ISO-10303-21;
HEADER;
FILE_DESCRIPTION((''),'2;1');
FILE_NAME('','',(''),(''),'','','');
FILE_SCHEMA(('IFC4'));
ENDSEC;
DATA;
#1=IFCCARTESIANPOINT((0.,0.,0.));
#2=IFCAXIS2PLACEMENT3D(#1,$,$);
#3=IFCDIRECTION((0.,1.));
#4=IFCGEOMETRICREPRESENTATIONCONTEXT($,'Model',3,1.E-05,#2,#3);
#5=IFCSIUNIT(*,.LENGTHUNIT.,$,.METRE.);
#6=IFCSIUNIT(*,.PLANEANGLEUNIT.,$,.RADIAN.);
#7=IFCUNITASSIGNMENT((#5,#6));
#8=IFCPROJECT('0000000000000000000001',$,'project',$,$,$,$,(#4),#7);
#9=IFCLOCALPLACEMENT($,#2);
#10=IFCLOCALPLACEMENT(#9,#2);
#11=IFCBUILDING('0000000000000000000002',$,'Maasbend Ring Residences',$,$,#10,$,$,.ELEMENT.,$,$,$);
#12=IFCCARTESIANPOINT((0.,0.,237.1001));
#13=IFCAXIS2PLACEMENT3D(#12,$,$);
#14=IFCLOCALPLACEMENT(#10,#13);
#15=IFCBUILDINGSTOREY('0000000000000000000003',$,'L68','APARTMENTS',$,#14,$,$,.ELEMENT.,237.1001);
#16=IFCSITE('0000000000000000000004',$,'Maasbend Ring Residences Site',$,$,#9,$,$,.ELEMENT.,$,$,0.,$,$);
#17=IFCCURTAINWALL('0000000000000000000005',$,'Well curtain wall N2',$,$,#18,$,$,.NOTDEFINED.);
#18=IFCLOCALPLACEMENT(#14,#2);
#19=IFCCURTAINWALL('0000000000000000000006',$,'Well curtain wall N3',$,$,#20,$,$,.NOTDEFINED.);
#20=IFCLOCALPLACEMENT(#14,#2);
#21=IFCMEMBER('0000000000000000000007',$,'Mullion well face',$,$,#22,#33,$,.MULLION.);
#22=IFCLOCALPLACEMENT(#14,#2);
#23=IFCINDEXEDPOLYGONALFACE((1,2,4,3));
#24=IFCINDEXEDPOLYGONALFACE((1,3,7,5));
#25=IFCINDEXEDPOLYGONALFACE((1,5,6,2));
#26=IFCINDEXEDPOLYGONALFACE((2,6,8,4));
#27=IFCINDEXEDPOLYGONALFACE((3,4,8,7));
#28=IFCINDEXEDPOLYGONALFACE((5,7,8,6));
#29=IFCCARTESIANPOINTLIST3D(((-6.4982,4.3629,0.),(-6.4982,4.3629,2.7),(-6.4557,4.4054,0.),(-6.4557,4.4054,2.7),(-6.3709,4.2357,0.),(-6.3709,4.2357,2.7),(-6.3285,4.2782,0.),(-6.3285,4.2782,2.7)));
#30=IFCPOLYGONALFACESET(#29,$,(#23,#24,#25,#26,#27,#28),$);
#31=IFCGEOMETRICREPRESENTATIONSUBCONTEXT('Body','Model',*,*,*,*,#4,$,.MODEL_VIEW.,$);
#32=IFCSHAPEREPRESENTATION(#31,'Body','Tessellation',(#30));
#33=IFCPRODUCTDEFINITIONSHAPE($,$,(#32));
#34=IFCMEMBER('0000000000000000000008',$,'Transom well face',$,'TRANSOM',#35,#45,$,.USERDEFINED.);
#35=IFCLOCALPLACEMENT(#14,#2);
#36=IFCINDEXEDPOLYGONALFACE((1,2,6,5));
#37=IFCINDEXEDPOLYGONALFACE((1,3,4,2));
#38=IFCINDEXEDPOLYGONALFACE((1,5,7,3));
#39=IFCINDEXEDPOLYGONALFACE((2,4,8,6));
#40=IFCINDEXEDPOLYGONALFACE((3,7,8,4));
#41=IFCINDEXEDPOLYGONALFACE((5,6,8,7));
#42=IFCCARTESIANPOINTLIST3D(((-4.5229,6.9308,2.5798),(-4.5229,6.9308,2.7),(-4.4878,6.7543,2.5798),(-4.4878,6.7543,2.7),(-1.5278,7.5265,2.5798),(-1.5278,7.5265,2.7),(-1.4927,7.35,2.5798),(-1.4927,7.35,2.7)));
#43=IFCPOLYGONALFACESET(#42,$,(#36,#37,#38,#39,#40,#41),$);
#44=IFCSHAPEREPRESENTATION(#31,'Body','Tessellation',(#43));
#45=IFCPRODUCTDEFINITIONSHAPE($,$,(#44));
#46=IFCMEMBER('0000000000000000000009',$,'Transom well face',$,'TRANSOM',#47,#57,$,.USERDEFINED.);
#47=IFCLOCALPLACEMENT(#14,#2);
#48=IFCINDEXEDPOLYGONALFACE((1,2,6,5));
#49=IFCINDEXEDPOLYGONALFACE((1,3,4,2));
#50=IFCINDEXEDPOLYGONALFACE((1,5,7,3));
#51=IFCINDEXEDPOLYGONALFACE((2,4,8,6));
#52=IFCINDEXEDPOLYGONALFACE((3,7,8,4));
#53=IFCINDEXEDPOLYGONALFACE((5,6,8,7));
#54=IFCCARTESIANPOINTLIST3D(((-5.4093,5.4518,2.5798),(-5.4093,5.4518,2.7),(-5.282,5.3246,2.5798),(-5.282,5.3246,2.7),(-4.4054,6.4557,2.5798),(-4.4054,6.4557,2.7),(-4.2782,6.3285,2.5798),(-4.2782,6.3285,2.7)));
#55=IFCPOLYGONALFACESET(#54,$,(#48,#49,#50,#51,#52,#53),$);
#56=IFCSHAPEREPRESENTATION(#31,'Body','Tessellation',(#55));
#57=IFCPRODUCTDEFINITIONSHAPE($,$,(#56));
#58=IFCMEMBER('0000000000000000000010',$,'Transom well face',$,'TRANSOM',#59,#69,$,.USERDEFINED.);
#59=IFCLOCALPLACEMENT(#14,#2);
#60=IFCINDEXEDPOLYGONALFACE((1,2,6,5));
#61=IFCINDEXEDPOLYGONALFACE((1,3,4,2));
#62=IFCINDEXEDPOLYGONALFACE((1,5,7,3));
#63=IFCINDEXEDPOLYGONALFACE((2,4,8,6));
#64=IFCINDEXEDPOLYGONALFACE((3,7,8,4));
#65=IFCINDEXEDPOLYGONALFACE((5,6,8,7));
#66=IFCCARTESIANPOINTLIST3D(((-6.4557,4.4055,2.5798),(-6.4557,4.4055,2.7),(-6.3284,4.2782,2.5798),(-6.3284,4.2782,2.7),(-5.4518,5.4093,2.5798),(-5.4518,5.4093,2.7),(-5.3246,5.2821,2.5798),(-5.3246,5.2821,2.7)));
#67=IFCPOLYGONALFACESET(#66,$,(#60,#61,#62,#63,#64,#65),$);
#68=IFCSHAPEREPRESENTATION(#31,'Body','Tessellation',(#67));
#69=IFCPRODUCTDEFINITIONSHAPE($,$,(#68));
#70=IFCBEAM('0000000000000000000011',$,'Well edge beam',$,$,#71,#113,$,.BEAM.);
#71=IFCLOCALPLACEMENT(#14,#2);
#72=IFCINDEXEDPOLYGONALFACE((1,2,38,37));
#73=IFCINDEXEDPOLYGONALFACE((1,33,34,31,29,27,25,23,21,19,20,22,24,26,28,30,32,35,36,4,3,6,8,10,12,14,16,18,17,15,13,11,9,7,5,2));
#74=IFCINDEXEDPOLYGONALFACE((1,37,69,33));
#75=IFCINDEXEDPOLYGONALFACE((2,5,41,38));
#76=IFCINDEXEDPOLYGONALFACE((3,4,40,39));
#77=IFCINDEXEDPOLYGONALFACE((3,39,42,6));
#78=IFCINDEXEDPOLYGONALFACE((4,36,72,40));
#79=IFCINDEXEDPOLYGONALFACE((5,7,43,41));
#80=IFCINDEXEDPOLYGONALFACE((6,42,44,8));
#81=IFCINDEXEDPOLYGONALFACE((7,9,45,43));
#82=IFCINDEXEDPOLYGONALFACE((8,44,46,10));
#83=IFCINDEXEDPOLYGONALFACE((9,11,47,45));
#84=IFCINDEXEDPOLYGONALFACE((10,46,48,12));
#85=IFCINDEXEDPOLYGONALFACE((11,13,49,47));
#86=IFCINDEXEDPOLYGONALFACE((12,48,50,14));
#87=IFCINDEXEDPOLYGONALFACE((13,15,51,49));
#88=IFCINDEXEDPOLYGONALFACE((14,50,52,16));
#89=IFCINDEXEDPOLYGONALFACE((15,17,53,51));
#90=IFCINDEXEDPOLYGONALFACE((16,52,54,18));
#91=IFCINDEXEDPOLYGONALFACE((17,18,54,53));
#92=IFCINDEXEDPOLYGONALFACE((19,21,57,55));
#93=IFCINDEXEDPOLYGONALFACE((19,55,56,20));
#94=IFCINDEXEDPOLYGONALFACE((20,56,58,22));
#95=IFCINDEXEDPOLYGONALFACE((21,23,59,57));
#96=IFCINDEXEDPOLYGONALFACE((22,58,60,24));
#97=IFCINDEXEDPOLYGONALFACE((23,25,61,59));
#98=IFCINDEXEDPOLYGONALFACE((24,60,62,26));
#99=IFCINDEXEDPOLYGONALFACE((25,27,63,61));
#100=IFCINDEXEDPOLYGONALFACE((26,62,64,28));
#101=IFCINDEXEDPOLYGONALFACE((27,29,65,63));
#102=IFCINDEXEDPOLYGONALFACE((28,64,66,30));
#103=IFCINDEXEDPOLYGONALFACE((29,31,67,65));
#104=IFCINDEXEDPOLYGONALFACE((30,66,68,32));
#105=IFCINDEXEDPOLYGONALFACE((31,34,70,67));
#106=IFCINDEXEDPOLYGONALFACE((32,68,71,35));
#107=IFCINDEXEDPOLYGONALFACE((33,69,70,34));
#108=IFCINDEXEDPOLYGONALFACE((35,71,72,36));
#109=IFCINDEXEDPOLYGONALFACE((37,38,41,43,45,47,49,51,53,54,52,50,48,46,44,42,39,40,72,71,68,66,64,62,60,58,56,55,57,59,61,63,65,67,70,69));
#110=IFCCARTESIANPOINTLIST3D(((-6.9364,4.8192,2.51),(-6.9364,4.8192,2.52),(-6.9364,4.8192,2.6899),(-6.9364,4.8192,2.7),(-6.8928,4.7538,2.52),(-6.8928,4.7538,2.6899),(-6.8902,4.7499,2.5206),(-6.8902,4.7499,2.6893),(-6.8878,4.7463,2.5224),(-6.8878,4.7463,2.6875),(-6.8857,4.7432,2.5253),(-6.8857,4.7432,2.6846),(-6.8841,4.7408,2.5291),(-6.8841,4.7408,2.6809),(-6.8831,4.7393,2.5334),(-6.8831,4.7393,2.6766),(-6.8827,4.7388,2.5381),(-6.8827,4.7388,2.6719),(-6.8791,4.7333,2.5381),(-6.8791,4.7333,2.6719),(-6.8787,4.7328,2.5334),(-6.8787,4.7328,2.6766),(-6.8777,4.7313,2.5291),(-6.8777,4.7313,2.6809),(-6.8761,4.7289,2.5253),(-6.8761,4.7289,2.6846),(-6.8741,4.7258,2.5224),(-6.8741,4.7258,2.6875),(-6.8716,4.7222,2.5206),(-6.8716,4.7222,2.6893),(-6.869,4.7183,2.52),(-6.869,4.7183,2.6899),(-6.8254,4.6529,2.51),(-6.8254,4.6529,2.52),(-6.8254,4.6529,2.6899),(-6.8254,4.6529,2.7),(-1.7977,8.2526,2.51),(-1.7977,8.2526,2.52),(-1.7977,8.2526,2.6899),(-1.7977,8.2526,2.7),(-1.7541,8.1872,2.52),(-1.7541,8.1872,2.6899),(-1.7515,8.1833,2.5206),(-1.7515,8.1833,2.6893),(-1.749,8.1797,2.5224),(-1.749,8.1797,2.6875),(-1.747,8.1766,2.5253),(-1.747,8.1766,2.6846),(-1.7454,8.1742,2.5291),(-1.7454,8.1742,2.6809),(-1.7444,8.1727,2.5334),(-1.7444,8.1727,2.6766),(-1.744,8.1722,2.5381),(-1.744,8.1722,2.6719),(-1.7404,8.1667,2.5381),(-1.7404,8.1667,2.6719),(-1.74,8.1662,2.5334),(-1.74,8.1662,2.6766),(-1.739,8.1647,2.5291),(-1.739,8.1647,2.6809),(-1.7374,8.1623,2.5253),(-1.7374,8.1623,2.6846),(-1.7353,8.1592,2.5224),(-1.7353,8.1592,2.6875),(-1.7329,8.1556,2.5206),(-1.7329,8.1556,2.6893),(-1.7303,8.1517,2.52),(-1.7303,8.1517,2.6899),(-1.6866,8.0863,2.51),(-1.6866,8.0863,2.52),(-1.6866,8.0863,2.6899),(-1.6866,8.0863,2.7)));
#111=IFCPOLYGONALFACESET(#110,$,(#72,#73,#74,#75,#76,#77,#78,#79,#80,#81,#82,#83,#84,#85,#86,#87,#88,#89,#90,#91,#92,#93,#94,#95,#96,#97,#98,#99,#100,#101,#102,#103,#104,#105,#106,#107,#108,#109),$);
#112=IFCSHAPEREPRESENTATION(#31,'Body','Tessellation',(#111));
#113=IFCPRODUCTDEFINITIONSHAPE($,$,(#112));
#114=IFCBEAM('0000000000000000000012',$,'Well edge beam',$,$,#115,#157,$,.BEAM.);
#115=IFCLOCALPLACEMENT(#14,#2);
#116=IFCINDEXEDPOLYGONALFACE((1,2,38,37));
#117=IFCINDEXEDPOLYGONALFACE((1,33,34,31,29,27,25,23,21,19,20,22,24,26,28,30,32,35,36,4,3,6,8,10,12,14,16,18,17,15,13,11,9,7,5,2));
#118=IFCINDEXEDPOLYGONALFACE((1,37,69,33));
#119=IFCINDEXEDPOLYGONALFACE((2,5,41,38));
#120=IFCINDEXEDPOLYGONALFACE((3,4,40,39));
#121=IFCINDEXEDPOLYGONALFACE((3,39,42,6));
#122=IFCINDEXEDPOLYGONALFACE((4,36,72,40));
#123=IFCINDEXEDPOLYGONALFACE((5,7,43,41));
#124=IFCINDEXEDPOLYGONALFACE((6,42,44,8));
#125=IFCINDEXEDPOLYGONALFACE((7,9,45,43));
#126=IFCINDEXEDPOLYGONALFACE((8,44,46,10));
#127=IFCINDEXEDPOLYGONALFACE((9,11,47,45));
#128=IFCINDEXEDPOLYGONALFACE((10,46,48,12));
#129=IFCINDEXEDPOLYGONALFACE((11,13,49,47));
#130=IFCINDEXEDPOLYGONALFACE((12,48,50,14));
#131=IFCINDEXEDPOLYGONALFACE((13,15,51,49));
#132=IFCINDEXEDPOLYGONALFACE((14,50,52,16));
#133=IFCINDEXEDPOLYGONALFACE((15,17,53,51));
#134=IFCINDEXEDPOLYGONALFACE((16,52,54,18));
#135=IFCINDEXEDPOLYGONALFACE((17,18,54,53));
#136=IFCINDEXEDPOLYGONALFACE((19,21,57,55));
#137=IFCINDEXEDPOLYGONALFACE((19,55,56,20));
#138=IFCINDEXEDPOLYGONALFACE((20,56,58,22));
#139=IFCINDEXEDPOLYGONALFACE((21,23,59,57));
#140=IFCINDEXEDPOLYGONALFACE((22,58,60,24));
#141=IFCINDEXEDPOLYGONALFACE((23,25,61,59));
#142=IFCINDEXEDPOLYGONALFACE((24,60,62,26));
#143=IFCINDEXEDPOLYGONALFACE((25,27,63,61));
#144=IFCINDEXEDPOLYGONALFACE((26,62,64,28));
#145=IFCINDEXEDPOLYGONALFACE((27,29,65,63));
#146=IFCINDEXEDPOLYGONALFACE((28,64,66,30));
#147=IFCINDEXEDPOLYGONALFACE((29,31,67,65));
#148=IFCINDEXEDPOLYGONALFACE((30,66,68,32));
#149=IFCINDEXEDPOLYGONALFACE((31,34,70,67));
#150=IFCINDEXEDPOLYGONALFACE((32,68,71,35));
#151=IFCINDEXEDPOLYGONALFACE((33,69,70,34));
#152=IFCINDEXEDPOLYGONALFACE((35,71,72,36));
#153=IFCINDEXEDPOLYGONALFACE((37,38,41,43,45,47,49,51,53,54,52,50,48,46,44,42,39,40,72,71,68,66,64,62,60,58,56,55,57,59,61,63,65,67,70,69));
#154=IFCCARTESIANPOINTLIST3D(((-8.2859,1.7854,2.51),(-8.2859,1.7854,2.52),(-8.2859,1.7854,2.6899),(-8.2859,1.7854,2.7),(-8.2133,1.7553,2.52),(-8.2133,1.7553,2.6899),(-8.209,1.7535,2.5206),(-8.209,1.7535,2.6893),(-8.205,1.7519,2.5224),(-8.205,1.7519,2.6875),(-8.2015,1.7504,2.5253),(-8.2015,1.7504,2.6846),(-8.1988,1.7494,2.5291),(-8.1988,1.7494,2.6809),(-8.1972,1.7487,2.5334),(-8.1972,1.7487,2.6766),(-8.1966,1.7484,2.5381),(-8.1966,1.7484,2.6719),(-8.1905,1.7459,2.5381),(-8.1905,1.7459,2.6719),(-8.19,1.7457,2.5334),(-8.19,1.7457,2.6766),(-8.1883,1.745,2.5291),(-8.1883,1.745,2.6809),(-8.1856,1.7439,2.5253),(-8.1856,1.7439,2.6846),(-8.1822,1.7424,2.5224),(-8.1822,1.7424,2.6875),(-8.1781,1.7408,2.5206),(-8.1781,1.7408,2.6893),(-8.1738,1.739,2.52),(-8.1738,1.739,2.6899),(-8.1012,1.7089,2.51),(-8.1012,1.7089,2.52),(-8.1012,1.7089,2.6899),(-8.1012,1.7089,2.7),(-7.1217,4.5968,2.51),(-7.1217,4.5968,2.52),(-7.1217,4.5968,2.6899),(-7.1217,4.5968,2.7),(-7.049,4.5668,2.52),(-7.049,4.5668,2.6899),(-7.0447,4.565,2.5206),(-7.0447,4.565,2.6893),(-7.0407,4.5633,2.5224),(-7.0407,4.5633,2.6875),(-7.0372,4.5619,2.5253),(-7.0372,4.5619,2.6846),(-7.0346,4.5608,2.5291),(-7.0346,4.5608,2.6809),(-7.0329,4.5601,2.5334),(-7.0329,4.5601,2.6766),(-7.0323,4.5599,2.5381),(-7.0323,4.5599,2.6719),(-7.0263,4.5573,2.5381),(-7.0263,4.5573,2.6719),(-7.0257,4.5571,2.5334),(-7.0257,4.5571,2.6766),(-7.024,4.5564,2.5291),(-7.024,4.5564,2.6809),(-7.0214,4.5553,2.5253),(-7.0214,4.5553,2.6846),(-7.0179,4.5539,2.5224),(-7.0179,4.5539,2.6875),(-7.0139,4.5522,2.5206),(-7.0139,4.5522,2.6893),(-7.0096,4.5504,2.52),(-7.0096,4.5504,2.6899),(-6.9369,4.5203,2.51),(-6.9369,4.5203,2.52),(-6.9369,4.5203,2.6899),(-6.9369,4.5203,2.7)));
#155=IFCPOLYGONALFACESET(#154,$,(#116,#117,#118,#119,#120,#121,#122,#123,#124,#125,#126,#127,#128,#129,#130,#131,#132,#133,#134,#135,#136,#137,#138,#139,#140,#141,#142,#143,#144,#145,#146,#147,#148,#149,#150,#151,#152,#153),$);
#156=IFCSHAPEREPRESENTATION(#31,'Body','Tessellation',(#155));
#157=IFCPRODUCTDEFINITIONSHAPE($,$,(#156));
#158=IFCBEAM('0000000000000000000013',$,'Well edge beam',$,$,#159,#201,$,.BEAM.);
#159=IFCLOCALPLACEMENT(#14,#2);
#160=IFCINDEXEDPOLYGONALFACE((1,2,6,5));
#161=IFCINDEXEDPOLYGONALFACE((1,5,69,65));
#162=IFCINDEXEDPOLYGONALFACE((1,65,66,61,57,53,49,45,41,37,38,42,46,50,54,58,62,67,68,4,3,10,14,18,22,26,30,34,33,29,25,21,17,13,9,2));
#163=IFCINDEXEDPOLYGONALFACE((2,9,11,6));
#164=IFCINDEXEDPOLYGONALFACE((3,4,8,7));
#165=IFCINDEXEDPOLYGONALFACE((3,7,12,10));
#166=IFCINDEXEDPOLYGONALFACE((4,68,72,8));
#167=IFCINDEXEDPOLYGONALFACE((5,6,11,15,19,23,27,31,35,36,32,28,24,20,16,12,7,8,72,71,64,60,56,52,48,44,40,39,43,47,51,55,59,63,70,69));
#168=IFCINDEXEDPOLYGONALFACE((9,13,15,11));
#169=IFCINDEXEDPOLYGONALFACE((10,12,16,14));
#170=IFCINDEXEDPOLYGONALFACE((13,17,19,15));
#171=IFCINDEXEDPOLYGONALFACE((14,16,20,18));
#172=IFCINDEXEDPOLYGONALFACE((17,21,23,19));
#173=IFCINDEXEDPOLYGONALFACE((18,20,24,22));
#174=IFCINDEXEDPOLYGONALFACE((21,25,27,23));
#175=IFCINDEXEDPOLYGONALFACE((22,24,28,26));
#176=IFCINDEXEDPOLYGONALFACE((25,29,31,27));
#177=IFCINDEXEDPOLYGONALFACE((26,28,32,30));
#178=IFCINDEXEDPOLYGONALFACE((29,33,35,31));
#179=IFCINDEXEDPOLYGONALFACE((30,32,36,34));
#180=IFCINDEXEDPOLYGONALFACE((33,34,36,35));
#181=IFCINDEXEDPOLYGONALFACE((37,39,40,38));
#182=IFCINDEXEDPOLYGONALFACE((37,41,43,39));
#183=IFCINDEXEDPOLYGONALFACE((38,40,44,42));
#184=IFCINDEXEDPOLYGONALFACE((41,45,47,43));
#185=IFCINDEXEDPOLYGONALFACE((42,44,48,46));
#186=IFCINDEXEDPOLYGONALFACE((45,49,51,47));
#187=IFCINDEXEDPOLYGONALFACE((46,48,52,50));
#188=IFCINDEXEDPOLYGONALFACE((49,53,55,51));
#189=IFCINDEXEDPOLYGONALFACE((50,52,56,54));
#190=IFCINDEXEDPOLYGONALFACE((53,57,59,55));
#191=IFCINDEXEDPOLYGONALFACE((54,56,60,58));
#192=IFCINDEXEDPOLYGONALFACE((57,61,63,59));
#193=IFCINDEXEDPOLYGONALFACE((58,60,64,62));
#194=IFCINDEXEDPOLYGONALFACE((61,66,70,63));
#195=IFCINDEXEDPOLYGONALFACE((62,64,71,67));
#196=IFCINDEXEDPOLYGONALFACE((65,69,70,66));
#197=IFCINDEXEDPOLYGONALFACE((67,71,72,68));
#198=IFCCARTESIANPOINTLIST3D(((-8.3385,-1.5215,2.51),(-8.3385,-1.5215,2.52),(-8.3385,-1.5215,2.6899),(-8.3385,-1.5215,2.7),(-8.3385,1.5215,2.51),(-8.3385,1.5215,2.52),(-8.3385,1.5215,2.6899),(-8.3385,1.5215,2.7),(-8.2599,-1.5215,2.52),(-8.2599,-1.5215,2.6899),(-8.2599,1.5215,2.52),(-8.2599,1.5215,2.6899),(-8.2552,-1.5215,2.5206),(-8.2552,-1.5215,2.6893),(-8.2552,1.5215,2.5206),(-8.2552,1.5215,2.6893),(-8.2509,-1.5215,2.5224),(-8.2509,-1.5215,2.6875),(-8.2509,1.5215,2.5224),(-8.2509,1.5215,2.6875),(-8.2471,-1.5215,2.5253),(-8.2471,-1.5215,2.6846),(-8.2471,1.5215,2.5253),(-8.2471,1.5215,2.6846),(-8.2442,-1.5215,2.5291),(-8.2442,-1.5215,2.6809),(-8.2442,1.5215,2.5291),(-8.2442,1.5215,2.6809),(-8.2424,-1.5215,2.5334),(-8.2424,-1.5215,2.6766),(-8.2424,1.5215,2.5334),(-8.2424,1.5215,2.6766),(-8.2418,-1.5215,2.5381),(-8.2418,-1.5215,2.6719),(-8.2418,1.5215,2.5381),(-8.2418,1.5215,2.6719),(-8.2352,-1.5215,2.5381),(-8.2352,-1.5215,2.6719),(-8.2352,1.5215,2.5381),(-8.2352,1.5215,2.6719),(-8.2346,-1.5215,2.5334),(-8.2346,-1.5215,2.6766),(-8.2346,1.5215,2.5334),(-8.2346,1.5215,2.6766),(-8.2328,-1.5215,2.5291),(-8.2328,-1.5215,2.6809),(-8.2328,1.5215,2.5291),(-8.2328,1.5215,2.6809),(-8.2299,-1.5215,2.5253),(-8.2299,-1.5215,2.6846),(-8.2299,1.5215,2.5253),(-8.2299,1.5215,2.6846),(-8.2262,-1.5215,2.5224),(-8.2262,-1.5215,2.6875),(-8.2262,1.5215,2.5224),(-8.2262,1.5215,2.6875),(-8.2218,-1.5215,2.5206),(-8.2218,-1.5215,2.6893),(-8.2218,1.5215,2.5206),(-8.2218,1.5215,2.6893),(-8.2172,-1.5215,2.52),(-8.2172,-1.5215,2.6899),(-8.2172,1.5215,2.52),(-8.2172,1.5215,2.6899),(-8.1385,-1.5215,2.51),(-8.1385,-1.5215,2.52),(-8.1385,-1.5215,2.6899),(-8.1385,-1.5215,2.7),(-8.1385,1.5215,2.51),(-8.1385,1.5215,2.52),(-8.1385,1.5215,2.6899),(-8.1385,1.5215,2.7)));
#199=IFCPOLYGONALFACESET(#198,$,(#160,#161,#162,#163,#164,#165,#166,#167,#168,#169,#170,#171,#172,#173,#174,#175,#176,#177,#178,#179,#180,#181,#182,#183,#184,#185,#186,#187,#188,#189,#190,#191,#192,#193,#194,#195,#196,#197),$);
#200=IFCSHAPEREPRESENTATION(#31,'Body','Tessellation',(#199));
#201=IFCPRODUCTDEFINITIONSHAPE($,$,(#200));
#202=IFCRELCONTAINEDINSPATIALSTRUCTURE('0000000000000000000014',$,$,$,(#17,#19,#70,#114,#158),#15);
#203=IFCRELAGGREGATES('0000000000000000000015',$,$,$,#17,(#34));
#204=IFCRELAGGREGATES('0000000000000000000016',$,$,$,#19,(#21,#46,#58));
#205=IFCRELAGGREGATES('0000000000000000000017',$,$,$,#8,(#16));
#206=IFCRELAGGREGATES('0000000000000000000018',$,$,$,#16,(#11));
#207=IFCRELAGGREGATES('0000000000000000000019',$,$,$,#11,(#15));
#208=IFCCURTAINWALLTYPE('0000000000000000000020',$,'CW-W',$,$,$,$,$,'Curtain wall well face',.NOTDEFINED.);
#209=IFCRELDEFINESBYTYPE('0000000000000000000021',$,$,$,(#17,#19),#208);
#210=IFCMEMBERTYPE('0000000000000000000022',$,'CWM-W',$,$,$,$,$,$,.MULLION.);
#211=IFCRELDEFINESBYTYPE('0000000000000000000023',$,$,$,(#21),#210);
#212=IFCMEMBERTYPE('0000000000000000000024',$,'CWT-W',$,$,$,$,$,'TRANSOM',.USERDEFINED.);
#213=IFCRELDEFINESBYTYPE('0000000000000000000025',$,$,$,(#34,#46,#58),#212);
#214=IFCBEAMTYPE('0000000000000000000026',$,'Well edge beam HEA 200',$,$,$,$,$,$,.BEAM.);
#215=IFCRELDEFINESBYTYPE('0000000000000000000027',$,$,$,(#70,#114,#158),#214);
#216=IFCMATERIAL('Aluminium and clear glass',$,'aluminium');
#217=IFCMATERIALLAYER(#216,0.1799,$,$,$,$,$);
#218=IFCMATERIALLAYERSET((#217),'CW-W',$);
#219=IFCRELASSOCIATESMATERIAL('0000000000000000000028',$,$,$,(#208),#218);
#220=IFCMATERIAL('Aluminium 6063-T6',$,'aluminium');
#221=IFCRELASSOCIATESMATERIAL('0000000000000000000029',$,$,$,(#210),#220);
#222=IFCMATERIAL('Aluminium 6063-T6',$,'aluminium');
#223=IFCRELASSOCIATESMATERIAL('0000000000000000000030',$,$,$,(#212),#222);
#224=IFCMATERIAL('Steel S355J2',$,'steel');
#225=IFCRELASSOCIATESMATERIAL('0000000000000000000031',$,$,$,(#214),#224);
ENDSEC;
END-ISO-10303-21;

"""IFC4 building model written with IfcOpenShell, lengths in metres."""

from ifc_helpers import new_model, si_unit, direction, frame, origin, origin_2d, place, context, subcontext, project, spatial, rectangle, i_section, extrude, material, layer, layer_set, material_profile, profile_set, type_object, element, aggregate, save


model = new_model("IFC4")

# Units and contexts
model_context = context("Model", 3, precision=1e-05, world=origin(), true_north=direction((0.0, 1.0)))
body_context = subcontext(model_context, "Body", "Model", "MODEL_VIEW")
ifc_project = project(units=[si_unit("LENGTHUNIT", "METRE"), si_unit("PLANEANGLEUNIT", "RADIAN")], contexts=[model_context])

# Site, building, storey
site_placement = place(None, origin())
site = spatial("IfcSite", under=ifc_project, at=site_placement, Name="Maasbend Ring Residences Site", CompositionType="ELEMENT", RefElevation=0.0)
building_placement = place(site_placement, origin())
building = spatial("IfcBuilding", under=site, at=building_placement, Name="Maasbend Ring Residences", CompositionType="ELEMENT")
storey_placement = place(building_placement, frame((0.0, 0.0, 237.1001)))
storey = spatial("IfcBuildingStorey", under=building, at=storey_placement, Name="L68", Description="APARTMENTS", CompositionType="ELEMENT", Elevation=237.1001)

# Curtain walls, member
ifc_material_1 = material(Name="Aluminium and clear glass", Category="aluminium")
ifc_layer_1 = layer(ifc_material_1, 0.1799)
ifc_layer_set_1 = layer_set([ifc_layer_1], Name="CW-W")
curtain_wall_type = type_object("IfcCurtainWallType", Name="CW-W", ElementType="Curtain wall well face", PredefinedType="NOTDEFINED", material=ifc_layer_set_1)
curtain_wall_1_placement = place(storey_placement, origin())
curtain_wall_1 = element("IfcCurtainWall", 1, at=curtain_wall_1_placement, inside=storey, type_object=curtain_wall_type, Name="Well curtain wall N2", PredefinedType="NOTDEFINED")
ifc_material_2 = material(Name="Aluminium 6063-T6", Category="aluminium")
ifc_material_profile_1 = material_profile(ifc_material_2, rectangle(XDim=0.1799, YDim=0.0601, at=origin_2d()), Name="AL 180x60")
ifc_profile_set_1 = profile_set([ifc_material_profile_1], Name="Aluminium 6063-T6")
member_type_1 = type_object("IfcMemberType", Name="CWM-W", PredefinedType="MULLION", material=ifc_profile_set_1)
curtain_wall_2_placement = place(storey_placement, origin())
curtain_wall_2 = element("IfcCurtainWall", 2, at=curtain_wall_2_placement, inside=storey, type_object=curtain_wall_type, Name="Well curtain wall N3", PredefinedType="NOTDEFINED")
member_1_placement = place(storey_placement, frame((-6.4133, 4.3206, 0.0), z_axis=(0.0, 0.0, 1.0), x_axis=(0.707107, -0.707107, 0.0)))
member_1 = element("IfcMember", 3, at=member_1_placement, type_object=member_type_1, Name="Mullion well face", PredefinedType="MULLION", context=body_context, shape_type="SweptSolid", body=[
    extrude(rectangle(XDim=0.1799, YDim=0.0601, at=origin_2d()), origin(), (0.0, 0.0, 1.0), 2.7),
])

# Members
ifc_material_3 = material(Name="Aluminium 6063-T6", Category="aluminium")
ifc_material_profile_2 = material_profile(ifc_material_3, rectangle(XDim=0.1799, YDim=0.1201, at=origin_2d()), Name="AL 180x120")
ifc_profile_set_2 = profile_set([ifc_material_profile_2], Name="Aluminium 6063-T6")
member_type_2 = type_object("IfcMemberType", Name="CWT-W", ElementType="TRANSOM", PredefinedType="USERDEFINED", material=ifc_profile_set_2)
member_2_placement = place(storey_placement, frame((-1.5103, 7.4382, 2.6399), z_axis=(-0.980789, -0.195071, 0.0), x_axis=(0.195071, -0.980789, 0.0)))
member_2 = element("IfcMember", 4, at=member_2_placement, type_object=member_type_2, Name="Transom well face", ObjectType="TRANSOM", PredefinedType="USERDEFINED", context=body_context, shape_type="SweptSolid", body=[
    extrude(rectangle(XDim=0.1799, YDim=0.1201, at=origin_2d()), origin(), (0.0, 0.0, 1.0), 3.0537),
])
member_3_placement = place(storey_placement, frame((-4.3418, 6.3921, 2.6399), z_axis=(-0.707107, -0.707107, 0.0), x_axis=(0.707107, -0.707107, 0.0)))
member_3 = element("IfcMember", 5, at=member_3_placement, type_object=member_type_2, Name="Transom well face", ObjectType="TRANSOM", PredefinedType="USERDEFINED", context=body_context, shape_type="SweptSolid", body=[
    extrude(rectangle(XDim=0.1799, YDim=0.1201, at=origin_2d()), origin(), (0.0, 0.0, 1.0), 1.4197),
])
member_4_placement = place(storey_placement, frame((-5.3882, 5.3457, 2.6399), z_axis=(-0.707107, -0.707107, 0.0), x_axis=(0.707107, -0.707107, 0.0)))
member_4 = element("IfcMember", 6, at=member_4_placement, type_object=member_type_2, Name="Transom well face", ObjectType="TRANSOM", PredefinedType="USERDEFINED", context=body_context, shape_type="SweptSolid", body=[
    extrude(rectangle(XDim=0.1799, YDim=0.1201, at=origin_2d()), origin(), (0.0, 0.0, 1.0), 1.4197),
])

# Beams
ifc_material_4 = material(Name="Steel S355J2", Category="steel")
ifc_material_profile_3 = material_profile(ifc_material_4, i_section(OverallWidth=0.2, OverallDepth=0.1899, WebThickness=0.0066, FlangeThickness=0.01, FilletRadius=0.0181, at=origin_2d()), Name="HEA 200")
ifc_profile_set_3 = profile_set([ifc_material_profile_3], Name="Steel S355J2")
beam_type = type_object("IfcBeamType", Name="Well edge beam HEA 200", PredefinedType="BEAM", material=ifc_profile_set_3)
beam_placement = place(storey_placement, frame((-1.7422, 8.1694, 2.605), z_axis=(-0.831485, -0.555548, 0.0), x_axis=(0.555548, -0.831485, 0.0)))
element("IfcBeam", 7, at=beam_placement, inside=storey, type_object=beam_type, Name="Well edge beam", PredefinedType="BEAM", context=body_context, shape_type="SweptSolid", body=[
    extrude(i_section(OverallWidth=0.2, OverallDepth=0.1899, WebThickness=0.0066, FlangeThickness=0.01, FilletRadius=0.0181, at=origin_2d()), origin(), (0.0, 0.0, 1.0), 6.1802),
])
for number, where, z_axis, x_axis, name in (
    (8, (-7.0293, 4.5586, 2.605), (-0.382609, -0.92391, 0.0), (0.92391, -0.382609, 0.0), "Well edge beam"),
    (9, (-8.2385, 1.5215, 2.605), (0.0, -1.0, 0.0), (1.0, 0.0, 0.0), "Well edge beam"),
):
    element("IfcBeam", number, at=place(storey_placement, frame(where, z_axis=z_axis, x_axis=x_axis)), inside=storey, type_object=beam_type, Name=name, PredefinedType="BEAM", context=body_context, shape_type="SweptSolid", body=[
        extrude(i_section(OverallWidth=0.2, OverallDepth=0.1899, WebThickness=0.0066, FlangeThickness=0.01, FilletRadius=0.0181, at=origin_2d()), origin(), (0.0, 0.0, 1.0), 3.043),
    ])

aggregate(curtain_wall_1, [member_2])
aggregate(curtain_wall_2, [member_1, member_3, member_4])

save(model, "model.ifc")
